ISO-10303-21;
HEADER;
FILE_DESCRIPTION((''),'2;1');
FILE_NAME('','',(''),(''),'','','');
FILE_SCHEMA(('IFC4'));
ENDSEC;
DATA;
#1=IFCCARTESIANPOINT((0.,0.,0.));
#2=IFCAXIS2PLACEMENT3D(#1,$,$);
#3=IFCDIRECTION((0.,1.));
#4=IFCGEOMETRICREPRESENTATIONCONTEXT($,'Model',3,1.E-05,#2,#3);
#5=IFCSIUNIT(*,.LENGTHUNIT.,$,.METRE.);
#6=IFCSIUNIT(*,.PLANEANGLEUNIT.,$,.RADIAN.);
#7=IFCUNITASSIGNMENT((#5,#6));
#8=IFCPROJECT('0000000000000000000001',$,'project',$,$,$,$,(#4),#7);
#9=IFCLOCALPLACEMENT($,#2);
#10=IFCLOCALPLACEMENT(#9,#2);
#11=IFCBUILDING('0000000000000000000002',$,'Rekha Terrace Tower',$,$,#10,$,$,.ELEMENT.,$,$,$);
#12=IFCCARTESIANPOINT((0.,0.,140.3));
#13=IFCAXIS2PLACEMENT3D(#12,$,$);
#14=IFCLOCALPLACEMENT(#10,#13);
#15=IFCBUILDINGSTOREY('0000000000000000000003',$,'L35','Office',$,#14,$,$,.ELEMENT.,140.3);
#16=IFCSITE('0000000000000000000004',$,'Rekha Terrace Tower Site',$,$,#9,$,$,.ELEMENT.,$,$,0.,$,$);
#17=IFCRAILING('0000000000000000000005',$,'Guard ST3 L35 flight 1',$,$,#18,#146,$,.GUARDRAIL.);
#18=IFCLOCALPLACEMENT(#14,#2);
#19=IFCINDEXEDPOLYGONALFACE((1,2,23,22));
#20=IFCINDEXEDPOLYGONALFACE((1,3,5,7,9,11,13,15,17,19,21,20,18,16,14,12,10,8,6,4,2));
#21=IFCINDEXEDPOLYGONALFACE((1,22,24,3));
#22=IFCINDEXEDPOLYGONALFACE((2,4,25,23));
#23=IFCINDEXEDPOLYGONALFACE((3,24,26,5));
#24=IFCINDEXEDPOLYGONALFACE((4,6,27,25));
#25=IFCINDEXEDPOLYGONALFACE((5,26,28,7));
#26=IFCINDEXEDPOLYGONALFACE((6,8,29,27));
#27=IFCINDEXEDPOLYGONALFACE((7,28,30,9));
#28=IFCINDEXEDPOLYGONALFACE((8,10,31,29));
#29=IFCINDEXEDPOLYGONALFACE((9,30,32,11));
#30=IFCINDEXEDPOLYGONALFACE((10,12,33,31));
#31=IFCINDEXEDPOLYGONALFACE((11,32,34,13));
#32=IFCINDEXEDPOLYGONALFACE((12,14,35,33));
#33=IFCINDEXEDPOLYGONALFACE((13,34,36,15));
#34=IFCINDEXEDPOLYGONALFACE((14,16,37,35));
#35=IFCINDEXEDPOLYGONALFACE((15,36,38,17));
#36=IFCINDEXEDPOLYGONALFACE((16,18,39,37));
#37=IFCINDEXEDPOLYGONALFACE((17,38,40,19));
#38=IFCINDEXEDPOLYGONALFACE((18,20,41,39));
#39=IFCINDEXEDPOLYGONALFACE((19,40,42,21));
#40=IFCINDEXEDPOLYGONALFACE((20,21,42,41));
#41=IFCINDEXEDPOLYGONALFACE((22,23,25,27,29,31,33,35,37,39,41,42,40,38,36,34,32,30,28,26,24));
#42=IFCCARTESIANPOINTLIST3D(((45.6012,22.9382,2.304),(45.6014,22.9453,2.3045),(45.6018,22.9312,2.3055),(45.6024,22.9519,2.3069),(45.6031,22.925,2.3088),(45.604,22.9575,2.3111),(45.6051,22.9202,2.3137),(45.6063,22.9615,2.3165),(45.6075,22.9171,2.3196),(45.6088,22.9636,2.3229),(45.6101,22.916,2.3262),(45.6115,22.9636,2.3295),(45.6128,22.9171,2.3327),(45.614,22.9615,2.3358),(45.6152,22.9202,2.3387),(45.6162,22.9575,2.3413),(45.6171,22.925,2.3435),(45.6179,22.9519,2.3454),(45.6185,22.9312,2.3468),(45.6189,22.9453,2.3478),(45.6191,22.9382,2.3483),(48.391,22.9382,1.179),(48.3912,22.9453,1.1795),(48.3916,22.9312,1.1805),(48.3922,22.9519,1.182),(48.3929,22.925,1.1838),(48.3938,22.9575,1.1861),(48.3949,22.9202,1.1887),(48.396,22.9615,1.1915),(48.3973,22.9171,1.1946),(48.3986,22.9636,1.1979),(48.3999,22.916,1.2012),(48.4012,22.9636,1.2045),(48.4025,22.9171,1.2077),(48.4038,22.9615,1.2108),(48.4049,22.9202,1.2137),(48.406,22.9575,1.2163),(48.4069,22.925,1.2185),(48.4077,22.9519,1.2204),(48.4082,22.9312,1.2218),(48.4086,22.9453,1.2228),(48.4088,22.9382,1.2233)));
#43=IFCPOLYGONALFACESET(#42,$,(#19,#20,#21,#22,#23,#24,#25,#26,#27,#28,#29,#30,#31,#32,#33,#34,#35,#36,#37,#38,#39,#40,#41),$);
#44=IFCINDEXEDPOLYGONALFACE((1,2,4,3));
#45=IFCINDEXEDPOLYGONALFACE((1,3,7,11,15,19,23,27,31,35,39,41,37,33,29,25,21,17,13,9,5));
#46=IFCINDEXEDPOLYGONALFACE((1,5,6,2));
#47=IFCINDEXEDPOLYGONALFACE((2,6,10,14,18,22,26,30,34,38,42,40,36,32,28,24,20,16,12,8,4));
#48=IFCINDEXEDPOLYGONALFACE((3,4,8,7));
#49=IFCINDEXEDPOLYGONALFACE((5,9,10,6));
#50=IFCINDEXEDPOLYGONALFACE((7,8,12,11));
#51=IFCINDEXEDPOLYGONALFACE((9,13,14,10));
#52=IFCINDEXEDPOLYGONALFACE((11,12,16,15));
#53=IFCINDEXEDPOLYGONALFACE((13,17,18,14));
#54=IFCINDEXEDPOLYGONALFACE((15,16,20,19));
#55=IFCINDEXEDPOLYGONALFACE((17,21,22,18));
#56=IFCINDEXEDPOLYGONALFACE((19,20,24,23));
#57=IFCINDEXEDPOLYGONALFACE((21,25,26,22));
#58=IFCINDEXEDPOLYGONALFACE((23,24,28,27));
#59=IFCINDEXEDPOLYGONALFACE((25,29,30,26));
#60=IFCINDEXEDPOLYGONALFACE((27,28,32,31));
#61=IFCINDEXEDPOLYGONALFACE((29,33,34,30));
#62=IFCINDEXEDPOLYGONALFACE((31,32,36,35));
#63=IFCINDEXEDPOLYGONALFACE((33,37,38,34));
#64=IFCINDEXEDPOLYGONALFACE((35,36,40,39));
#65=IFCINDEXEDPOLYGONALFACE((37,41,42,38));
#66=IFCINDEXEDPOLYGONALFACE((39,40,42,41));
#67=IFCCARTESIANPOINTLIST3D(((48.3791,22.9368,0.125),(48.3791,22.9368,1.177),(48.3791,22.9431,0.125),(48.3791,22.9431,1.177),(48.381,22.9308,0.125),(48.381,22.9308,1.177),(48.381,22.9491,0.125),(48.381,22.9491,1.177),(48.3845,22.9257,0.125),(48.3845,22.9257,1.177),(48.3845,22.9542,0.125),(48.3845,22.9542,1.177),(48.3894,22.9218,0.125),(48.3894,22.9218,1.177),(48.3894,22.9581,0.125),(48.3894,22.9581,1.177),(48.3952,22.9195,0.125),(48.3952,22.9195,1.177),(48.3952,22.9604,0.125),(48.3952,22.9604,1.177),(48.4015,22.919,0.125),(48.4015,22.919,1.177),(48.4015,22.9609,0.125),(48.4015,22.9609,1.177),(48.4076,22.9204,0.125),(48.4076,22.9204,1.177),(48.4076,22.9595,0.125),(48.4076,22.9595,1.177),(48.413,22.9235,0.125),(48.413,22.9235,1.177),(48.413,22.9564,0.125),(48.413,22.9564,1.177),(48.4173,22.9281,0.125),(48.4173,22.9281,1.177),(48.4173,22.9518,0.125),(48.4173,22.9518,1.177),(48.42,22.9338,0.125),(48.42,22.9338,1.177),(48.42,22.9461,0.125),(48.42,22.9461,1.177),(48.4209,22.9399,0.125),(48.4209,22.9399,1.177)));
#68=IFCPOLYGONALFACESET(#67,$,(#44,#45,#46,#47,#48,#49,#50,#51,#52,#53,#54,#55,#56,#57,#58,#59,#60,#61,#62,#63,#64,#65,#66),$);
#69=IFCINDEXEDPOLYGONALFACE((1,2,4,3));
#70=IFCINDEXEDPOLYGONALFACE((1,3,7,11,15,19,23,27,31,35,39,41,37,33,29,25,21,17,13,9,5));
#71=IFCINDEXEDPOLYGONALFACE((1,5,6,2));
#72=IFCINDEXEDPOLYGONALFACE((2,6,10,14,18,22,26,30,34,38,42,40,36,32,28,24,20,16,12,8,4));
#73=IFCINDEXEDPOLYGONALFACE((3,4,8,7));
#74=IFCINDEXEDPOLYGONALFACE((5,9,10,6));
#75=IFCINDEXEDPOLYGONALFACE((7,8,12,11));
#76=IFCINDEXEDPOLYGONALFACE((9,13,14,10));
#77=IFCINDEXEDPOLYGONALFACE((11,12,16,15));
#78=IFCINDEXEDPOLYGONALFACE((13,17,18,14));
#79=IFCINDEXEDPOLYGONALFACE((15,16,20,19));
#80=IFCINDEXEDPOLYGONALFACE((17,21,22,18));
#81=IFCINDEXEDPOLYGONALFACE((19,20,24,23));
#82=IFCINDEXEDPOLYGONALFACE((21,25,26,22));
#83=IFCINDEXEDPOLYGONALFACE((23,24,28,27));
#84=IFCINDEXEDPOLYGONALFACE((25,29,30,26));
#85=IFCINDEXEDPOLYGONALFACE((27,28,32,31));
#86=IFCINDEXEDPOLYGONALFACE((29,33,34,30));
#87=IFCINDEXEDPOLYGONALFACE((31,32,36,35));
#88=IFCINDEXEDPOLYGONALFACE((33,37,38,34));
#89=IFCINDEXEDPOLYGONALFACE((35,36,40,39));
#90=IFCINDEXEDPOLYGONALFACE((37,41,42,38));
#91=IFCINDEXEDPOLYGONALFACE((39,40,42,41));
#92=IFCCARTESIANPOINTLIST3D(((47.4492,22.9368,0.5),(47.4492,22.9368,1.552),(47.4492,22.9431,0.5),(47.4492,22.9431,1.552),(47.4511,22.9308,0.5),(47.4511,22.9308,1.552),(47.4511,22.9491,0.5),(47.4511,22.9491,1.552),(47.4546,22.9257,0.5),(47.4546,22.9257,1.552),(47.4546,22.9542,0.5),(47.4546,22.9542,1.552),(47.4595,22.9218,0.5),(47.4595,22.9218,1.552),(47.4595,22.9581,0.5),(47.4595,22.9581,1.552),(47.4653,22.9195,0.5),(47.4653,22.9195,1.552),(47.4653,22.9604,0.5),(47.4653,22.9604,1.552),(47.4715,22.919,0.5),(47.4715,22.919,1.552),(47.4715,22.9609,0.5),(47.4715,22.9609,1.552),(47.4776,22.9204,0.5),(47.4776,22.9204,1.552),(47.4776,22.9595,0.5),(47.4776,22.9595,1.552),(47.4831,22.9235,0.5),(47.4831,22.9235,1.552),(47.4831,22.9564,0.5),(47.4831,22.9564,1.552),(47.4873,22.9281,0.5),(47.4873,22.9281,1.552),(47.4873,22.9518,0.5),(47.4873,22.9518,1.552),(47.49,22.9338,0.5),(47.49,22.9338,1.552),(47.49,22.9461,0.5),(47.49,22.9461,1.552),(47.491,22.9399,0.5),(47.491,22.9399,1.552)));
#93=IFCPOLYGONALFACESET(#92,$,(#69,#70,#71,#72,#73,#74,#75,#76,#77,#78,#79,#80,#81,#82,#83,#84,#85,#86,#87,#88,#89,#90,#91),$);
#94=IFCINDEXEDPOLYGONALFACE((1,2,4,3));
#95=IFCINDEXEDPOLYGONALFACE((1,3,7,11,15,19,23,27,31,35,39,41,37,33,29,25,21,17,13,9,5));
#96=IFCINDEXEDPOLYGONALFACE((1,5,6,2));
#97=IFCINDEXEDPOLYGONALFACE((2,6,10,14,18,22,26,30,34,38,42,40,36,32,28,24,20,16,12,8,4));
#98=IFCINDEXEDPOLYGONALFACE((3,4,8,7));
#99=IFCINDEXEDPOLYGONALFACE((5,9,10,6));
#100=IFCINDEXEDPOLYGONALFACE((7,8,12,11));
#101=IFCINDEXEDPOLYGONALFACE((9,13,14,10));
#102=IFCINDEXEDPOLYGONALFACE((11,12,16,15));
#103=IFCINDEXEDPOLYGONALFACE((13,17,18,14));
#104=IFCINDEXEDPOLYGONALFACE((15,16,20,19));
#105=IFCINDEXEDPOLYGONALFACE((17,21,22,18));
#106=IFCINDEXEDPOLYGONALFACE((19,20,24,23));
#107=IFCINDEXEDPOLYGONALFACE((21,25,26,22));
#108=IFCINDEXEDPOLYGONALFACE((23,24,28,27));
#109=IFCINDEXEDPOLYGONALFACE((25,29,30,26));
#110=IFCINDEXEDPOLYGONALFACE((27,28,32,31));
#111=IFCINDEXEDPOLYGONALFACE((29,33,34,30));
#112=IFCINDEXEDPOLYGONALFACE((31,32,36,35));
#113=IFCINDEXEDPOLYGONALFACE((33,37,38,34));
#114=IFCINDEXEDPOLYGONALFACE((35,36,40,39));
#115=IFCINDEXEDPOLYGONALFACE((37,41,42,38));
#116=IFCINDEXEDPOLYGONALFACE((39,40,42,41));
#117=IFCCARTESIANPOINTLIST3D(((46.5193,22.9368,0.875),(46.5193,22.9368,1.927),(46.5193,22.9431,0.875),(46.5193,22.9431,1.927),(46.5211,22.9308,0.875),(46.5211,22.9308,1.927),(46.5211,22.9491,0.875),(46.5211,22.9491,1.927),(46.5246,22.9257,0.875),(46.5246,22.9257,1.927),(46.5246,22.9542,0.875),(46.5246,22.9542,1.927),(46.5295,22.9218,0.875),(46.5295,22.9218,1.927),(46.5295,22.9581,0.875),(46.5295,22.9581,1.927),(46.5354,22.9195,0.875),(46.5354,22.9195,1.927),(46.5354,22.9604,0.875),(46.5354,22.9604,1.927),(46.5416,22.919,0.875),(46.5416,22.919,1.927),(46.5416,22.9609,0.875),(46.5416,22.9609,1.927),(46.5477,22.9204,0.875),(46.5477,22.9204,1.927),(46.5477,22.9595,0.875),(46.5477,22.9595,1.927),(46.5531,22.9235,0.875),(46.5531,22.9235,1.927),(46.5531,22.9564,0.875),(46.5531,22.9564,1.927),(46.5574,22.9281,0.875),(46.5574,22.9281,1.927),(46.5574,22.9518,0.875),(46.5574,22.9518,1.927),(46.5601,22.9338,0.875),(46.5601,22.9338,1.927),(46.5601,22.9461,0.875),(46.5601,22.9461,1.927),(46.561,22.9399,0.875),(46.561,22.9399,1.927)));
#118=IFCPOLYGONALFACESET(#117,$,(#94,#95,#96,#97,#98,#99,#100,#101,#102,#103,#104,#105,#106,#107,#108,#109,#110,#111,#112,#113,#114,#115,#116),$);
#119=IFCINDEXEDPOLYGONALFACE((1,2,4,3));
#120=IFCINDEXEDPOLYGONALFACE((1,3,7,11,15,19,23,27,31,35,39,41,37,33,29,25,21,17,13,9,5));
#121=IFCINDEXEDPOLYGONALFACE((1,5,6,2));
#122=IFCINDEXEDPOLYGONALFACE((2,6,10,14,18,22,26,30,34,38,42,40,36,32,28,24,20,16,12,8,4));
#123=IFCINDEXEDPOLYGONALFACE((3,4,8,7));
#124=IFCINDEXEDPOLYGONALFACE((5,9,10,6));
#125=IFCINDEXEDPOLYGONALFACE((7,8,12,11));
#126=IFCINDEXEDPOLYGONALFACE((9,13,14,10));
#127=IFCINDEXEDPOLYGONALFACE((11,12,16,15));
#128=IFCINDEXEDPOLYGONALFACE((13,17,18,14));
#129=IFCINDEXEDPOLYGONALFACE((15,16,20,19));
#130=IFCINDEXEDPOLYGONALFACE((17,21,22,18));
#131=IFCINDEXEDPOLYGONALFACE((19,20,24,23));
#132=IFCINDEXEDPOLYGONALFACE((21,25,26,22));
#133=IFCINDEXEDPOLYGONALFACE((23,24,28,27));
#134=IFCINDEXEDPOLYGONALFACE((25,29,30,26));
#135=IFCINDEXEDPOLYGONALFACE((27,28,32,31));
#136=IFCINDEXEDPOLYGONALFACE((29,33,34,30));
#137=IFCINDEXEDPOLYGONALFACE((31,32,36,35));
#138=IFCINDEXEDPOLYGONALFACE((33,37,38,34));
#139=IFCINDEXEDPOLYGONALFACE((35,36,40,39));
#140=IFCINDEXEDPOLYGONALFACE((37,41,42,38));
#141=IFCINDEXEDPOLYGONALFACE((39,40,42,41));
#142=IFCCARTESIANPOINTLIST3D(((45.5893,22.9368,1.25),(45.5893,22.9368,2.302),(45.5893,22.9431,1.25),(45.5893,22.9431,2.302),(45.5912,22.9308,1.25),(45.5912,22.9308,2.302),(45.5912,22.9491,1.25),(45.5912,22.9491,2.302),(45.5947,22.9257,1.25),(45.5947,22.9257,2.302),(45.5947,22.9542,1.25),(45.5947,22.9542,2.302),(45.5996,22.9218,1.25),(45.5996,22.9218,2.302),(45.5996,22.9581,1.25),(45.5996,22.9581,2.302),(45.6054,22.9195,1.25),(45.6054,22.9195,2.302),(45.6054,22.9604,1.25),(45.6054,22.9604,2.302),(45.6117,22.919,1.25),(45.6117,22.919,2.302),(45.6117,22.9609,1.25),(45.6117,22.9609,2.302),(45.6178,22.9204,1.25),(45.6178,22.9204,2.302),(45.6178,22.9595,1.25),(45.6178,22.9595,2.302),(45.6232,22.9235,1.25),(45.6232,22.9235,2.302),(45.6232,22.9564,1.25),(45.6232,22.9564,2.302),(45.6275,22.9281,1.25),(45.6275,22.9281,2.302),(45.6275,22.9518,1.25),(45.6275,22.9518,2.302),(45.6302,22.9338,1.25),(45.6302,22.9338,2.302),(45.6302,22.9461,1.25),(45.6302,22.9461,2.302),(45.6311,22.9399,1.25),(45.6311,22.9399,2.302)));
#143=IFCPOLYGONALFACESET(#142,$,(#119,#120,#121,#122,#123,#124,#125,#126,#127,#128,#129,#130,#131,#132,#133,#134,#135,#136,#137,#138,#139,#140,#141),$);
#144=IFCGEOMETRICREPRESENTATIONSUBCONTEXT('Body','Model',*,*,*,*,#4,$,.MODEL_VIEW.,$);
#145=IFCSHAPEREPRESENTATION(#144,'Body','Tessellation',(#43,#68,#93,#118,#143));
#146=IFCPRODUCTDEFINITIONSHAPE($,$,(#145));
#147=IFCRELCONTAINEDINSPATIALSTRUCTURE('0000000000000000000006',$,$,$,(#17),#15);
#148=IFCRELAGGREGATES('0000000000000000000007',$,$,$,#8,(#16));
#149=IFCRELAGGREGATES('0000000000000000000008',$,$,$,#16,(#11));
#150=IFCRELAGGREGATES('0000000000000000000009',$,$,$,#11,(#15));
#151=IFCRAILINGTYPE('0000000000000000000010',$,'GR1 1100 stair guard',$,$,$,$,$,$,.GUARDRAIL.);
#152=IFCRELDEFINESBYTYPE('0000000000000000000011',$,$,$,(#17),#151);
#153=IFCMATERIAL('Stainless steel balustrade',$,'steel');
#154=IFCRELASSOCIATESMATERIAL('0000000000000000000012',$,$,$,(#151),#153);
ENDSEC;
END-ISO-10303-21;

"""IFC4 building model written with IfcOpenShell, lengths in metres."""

from ifc_helpers import new_model, si_unit, direction, frame, origin, origin_2d, place, context, subcontext, project, spatial, circle, extrude, material, type_object, element, save


model = new_model("IFC4")

# Units and contexts
model_context = context("Model", 3, precision=1e-05, world=origin(), true_north=direction((0.0, 1.0)))
body_context = subcontext(model_context, "Body", "Model", "MODEL_VIEW")
ifc_project = project(units=[si_unit("LENGTHUNIT", "METRE"), si_unit("PLANEANGLEUNIT", "RADIAN")], contexts=[model_context])

# Site, building, storey
site_placement = place(None, origin())
site = spatial("IfcSite", under=ifc_project, at=site_placement, Name="Rekha Terrace Tower Site", CompositionType="ELEMENT", RefElevation=0.0)
building_placement = place(site_placement, origin())
building = spatial("IfcBuilding", under=site, at=building_placement, Name="Rekha Terrace Tower", CompositionType="ELEMENT")
storey_placement = place(building_placement, frame((0.0, 0.0, 140.3)))
storey = spatial("IfcBuildingStorey", under=building, at=storey_placement, Name="L35", Description="Office", CompositionType="ELEMENT", Elevation=140.3)

# Railing
ifc_material_1 = material(Name="Stainless steel balustrade", Category="steel")
railing_type = type_object("IfcRailingType", Name="GR1 1100 stair guard", PredefinedType="GUARDRAIL", material=ifc_material_1)
railing_1_placement = place(storey_placement, frame((48.3999, 22.9399, 0.125)))
element("IfcRailing", 1, at=railing_1_placement, inside=storey, type_object=railing_type, Name="Guard ST3 L35 flight 1", PredefinedType="GUARDRAIL", context=body_context, shape_type="SweptSolid", body=[
    extrude(circle(Radius=0.0239, at=origin_2d()), frame((0.0, 0.0, 1.0762), z_axis=(-0.927432, 0.0, 0.373992), x_axis=(0.0, -1.0, 0.0)), (0.0, 0.0, 1.0), 3.0081),
    extrude(circle(Radius=0.021, at=origin_2d()), origin(), (0.0, 0.0, 1.0), 1.052),
    extrude(circle(Radius=0.021, at=origin_2d()), frame((-0.9299, 0.0, 0.375)), (0.0, 0.0, 1.0), 1.052),
    extrude(circle(Radius=0.021, at=origin_2d()), frame((-1.8599, 0.0, 0.75)), (0.0, 0.0, 1.0), 1.052),
    extrude(circle(Radius=0.021, at=origin_2d()), frame((-2.7898, 0.0, 1.125)), (0.0, 0.0, 1.0), 1.052),
])

save(model, "model.ifc")
